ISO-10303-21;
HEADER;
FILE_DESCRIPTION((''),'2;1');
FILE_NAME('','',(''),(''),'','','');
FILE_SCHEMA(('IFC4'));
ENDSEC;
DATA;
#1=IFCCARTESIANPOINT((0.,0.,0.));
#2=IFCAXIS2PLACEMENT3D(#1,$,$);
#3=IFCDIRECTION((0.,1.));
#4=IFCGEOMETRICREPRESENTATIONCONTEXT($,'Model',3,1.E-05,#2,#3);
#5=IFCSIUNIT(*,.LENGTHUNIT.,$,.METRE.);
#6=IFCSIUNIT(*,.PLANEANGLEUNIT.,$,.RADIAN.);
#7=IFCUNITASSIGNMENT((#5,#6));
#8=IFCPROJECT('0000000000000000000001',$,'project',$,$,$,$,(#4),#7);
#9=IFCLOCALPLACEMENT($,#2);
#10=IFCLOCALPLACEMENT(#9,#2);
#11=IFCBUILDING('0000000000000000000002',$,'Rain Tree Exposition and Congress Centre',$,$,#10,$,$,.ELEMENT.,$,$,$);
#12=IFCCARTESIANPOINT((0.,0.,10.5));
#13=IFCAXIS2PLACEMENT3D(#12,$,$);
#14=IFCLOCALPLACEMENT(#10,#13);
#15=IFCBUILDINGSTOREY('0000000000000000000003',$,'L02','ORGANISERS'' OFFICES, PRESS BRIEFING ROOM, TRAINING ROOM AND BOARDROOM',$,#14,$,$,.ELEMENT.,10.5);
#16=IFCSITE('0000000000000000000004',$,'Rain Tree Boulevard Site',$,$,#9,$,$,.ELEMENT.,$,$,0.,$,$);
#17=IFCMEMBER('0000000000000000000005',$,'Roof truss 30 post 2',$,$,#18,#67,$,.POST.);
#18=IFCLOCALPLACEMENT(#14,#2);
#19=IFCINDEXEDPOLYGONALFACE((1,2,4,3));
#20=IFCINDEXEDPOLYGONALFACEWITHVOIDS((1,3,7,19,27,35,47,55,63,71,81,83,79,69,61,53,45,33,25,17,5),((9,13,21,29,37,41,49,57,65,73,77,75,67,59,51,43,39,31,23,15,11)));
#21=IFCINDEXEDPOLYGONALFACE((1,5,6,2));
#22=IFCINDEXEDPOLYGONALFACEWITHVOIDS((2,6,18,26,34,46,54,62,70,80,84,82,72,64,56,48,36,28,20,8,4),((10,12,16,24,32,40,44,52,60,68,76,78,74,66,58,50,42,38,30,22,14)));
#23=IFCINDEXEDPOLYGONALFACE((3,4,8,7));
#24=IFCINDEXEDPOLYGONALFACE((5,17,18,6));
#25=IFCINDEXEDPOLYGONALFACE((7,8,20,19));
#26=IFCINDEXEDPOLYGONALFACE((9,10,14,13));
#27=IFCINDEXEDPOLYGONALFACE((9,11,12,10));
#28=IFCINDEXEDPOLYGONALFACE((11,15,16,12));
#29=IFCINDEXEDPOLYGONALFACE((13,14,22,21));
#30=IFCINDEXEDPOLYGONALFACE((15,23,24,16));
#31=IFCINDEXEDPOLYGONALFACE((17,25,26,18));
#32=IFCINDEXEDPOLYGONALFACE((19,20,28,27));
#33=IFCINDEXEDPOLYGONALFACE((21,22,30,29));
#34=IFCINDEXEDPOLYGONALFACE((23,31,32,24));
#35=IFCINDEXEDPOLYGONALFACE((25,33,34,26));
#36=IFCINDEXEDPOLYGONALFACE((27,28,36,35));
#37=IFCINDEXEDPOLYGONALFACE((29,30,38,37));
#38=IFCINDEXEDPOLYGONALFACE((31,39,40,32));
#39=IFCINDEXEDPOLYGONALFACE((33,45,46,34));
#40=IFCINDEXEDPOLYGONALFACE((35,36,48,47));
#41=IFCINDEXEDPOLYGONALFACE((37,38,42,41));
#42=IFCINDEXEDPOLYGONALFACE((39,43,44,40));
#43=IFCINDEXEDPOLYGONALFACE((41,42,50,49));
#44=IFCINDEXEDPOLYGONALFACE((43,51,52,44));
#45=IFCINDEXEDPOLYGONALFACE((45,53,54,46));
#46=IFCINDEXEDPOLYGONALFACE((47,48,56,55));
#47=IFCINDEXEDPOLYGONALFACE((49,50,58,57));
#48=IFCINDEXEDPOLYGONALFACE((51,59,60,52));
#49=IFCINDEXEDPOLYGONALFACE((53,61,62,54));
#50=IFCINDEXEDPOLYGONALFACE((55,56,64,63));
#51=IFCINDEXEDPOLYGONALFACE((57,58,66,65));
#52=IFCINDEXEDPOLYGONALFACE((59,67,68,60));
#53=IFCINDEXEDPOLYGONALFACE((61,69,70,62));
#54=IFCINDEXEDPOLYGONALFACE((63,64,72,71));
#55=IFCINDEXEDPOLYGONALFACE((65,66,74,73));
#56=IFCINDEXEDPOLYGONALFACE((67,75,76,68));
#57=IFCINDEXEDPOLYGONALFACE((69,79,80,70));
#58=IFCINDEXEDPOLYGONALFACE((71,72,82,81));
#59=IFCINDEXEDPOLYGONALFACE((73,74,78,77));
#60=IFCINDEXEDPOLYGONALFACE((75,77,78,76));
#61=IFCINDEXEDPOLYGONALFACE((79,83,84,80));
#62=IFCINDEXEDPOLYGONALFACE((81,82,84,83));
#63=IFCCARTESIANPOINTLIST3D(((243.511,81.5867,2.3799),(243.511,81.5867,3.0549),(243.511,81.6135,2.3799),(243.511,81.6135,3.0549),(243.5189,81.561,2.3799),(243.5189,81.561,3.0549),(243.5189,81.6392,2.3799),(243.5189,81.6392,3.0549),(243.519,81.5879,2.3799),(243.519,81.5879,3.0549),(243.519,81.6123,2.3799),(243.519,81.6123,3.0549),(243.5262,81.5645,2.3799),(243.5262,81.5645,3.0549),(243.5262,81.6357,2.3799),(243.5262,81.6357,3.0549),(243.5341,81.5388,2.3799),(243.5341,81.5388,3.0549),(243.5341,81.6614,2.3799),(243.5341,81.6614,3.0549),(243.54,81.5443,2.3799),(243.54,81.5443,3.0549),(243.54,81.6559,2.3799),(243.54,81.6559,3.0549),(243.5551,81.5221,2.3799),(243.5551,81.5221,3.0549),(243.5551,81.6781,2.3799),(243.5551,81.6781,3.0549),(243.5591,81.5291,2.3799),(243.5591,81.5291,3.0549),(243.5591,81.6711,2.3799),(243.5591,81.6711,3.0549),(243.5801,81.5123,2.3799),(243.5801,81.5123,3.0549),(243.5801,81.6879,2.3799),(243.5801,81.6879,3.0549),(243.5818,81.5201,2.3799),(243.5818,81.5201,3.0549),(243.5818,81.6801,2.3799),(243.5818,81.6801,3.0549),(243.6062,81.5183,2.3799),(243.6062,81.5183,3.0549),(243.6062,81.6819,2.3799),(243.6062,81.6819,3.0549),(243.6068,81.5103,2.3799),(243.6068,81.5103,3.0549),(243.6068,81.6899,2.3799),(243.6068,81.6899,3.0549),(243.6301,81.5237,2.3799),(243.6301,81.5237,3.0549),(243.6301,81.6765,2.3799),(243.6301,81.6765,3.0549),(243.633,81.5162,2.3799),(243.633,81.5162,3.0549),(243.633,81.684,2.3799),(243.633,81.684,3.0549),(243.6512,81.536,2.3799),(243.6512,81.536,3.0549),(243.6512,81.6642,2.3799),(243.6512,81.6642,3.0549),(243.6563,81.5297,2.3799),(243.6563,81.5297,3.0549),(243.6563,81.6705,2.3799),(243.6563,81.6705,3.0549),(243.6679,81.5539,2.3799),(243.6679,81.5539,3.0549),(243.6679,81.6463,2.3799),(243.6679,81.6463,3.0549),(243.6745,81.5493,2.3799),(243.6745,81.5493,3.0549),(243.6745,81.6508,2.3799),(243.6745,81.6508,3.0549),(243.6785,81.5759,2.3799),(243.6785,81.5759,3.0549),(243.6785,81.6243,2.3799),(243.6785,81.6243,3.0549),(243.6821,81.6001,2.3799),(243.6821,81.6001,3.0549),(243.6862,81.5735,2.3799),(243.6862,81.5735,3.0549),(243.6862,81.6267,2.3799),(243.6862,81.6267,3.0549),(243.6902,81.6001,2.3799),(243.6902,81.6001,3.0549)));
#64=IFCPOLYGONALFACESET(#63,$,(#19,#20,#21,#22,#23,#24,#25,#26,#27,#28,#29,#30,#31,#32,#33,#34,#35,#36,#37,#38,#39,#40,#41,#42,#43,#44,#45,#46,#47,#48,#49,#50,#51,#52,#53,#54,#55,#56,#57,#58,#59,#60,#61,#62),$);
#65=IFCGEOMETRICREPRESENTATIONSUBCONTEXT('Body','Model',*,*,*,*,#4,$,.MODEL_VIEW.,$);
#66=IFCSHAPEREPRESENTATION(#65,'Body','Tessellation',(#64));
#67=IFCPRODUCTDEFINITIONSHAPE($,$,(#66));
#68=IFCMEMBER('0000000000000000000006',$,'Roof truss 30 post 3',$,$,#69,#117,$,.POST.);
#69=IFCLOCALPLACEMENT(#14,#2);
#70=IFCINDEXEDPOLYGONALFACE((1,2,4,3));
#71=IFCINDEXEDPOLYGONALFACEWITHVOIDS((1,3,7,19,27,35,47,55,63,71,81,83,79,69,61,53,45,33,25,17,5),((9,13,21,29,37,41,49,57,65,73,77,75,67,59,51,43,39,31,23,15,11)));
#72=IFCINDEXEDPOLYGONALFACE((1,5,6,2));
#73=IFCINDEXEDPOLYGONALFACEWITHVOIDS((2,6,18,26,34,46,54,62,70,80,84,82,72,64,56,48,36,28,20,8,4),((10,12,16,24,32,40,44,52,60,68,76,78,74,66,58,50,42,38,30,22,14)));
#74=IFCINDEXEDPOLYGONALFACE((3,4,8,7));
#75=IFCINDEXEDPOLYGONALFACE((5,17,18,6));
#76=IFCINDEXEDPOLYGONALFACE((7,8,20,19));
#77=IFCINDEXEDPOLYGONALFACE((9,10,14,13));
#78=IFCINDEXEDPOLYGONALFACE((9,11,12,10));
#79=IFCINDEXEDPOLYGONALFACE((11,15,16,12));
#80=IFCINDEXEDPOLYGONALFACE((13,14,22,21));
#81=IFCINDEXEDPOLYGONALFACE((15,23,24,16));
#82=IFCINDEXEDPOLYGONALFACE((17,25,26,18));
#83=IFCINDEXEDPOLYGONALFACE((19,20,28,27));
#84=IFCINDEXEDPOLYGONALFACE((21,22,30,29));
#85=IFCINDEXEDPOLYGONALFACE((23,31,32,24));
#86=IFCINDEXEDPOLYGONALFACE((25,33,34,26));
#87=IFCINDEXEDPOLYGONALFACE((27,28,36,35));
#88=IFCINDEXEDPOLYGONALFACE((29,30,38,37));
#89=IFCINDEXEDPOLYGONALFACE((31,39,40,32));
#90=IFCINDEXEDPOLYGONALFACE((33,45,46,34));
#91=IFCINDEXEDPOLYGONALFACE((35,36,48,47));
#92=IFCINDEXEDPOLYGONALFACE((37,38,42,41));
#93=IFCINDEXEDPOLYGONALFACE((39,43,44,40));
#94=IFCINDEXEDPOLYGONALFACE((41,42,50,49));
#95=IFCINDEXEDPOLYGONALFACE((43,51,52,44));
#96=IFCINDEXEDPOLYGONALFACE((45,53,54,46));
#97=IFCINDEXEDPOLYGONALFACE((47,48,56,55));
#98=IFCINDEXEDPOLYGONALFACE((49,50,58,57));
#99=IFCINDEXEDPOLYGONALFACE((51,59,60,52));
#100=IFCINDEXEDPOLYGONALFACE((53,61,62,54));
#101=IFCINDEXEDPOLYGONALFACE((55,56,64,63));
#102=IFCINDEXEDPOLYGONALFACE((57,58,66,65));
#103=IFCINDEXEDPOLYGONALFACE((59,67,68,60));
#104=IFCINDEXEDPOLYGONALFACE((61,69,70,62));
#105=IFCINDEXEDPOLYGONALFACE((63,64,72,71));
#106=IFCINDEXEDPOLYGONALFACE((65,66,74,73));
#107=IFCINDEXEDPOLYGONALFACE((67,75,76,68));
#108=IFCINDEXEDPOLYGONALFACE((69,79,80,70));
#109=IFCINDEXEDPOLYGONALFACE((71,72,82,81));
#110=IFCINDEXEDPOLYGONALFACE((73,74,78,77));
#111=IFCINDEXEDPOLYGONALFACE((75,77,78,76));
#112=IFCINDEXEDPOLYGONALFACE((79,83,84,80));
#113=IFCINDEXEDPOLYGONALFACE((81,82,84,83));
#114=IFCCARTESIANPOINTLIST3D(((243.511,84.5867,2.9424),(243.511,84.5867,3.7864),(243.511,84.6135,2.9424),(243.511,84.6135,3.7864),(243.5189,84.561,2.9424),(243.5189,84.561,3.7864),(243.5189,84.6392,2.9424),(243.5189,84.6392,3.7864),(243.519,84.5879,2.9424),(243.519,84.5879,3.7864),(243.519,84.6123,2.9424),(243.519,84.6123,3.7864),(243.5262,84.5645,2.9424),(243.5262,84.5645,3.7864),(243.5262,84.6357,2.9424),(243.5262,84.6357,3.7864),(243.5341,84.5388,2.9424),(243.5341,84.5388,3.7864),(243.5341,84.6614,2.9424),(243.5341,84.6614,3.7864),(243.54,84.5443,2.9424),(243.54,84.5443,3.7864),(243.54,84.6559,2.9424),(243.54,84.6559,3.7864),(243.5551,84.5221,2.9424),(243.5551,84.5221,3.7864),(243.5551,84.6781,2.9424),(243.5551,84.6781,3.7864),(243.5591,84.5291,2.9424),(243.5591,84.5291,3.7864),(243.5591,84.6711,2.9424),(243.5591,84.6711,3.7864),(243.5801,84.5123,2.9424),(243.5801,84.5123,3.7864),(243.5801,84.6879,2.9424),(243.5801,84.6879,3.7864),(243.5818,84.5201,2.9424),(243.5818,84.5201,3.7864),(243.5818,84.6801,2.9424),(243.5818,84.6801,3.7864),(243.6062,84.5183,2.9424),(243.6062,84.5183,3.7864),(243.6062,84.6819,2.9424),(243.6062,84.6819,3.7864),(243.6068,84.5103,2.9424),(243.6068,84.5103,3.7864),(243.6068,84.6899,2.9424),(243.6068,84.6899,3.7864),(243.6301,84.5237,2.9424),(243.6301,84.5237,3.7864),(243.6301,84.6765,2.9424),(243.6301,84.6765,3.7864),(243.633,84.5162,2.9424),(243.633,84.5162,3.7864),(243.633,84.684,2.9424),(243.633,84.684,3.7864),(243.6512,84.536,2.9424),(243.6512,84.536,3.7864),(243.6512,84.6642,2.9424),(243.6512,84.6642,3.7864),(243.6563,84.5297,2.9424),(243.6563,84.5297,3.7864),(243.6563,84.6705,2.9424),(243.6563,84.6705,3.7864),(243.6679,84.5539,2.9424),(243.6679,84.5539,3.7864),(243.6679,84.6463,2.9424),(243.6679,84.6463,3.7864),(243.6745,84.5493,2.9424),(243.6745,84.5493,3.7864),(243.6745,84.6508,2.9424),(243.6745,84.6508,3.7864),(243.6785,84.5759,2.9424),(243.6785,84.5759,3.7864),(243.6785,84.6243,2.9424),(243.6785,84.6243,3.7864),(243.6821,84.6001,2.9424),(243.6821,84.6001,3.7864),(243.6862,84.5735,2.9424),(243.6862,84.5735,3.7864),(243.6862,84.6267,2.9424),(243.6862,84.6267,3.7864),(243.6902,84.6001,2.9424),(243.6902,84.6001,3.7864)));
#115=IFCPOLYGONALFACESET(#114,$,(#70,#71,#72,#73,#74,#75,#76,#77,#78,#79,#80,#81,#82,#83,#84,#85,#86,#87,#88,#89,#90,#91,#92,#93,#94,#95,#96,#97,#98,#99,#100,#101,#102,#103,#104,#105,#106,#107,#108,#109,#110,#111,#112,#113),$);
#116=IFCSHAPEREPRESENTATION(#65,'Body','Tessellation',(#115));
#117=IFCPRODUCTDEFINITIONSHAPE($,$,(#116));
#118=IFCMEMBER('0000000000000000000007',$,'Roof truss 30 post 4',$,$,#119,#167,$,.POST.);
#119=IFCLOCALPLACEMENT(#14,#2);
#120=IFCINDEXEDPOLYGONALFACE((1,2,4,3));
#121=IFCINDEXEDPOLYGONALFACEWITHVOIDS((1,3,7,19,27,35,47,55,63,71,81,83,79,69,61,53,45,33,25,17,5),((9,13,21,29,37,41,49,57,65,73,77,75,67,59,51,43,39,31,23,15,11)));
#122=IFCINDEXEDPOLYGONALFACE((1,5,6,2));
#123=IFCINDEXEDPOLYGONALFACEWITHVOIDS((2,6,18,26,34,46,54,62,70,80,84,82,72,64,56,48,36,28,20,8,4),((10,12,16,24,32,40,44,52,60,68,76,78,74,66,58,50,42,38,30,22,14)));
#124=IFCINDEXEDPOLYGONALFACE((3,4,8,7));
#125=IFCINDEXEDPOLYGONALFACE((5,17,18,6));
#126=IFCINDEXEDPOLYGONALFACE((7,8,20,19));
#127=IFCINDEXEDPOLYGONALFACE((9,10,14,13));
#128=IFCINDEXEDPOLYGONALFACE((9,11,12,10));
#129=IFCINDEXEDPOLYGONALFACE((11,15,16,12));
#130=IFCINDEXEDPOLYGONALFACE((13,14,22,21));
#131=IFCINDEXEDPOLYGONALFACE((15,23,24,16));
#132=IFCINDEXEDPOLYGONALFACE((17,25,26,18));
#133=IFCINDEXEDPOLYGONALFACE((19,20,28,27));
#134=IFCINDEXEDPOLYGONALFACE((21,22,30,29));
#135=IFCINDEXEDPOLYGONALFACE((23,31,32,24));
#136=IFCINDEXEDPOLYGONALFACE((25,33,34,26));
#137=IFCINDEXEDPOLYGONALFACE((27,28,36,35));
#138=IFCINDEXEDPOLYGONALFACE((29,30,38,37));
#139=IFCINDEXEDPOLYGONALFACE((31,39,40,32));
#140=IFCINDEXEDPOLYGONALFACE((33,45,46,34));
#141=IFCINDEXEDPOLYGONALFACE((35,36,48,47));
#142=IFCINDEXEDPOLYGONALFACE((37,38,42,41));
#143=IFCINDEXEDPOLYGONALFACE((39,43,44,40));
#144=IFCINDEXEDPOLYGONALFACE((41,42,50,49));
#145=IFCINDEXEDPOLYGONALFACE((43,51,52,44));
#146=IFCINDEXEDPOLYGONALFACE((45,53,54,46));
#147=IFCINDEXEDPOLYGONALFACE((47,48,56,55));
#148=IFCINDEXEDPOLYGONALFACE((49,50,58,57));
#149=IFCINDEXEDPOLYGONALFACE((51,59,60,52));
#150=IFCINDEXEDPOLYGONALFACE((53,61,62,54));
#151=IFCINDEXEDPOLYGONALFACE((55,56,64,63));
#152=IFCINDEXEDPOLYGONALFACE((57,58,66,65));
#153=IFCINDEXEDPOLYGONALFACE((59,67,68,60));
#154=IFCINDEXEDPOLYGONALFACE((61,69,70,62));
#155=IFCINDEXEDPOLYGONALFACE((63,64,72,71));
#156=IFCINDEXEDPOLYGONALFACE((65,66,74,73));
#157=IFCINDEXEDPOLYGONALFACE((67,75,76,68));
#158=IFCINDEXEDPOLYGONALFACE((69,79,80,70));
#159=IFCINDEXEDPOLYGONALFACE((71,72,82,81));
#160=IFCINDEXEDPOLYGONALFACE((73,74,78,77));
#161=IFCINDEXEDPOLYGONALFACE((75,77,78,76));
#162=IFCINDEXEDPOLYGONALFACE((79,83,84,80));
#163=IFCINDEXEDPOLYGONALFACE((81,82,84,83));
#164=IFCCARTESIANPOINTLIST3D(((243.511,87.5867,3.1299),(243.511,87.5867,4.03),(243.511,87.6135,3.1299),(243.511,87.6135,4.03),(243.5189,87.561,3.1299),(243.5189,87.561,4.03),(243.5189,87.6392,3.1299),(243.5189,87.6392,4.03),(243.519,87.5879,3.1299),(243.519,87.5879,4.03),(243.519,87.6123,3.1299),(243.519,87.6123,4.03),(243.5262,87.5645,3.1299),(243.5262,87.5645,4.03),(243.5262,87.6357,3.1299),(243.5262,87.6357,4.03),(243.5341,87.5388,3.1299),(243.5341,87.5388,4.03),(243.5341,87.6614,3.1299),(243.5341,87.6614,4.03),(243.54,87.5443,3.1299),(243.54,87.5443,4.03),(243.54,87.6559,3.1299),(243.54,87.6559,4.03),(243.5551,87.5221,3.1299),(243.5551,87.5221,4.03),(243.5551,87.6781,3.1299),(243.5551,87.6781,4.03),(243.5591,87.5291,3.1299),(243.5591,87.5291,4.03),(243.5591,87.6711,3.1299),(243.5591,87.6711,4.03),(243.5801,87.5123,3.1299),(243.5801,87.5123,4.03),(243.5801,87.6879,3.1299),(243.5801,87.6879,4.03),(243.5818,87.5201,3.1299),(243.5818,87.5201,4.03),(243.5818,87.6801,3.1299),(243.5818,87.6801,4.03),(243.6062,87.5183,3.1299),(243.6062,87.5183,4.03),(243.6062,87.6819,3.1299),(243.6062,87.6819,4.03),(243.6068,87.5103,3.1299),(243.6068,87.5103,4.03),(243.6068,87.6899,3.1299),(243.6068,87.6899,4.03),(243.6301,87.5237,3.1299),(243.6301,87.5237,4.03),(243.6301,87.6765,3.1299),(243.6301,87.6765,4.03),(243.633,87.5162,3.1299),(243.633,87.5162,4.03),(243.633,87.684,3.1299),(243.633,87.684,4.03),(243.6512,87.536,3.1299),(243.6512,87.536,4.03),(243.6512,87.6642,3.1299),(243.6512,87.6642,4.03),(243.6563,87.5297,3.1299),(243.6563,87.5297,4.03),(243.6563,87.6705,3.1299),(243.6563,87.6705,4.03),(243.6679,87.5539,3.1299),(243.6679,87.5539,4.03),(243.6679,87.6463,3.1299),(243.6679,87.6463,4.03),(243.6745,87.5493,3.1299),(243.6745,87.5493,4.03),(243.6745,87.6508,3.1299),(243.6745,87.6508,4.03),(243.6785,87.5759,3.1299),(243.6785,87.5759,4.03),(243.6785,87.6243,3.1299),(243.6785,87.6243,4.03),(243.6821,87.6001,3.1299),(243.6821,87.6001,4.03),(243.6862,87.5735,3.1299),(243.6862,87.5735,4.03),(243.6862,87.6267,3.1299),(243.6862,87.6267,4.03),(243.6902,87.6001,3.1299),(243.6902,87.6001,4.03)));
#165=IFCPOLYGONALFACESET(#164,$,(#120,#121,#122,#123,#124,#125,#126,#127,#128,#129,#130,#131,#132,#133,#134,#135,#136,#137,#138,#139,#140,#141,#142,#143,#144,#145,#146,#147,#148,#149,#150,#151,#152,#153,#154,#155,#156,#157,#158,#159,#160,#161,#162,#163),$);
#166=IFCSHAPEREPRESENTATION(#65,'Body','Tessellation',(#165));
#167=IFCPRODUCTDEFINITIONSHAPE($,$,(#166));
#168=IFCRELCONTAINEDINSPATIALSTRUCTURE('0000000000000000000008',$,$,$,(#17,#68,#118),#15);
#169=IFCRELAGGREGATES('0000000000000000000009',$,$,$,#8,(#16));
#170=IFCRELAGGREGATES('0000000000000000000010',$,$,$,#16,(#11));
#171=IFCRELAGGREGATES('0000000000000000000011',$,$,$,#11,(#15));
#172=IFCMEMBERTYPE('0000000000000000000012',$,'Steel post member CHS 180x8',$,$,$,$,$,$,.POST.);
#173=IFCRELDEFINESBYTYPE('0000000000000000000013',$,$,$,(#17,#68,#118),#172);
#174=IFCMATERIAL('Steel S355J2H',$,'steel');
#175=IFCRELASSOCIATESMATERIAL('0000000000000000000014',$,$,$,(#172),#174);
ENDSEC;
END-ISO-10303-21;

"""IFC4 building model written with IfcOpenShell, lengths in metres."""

from ifc_helpers import new_model, si_unit, direction, frame, origin, origin_2d, place, context, subcontext, project, spatial, hollow_circle, extrude, material, material_profile, profile_set, type_object, element, save


model = new_model("IFC4")

# Units and contexts
model_context = context("Model", 3, precision=1e-05, world=origin(), true_north=direction((0.0, 1.0)))
body_context = subcontext(model_context, "Body", "Model", "MODEL_VIEW")
ifc_project = project(units=[si_unit("LENGTHUNIT", "METRE"), si_unit("PLANEANGLEUNIT", "RADIAN")], contexts=[model_context])

# Site, building, storey
site_placement = place(None, origin())
site = spatial("IfcSite", under=ifc_project, at=site_placement, Name="Rain Tree Boulevard Site", CompositionType="ELEMENT", RefElevation=0.0)
building_placement = place(site_placement, origin())
building = spatial("IfcBuilding", under=site, at=building_placement, Name="Rain Tree Exposition and Congress Centre", CompositionType="ELEMENT")
storey_placement = place(building_placement, frame((0.0, 0.0, 10.5)))
storey = spatial("IfcBuildingStorey", under=building, at=storey_placement, Name="L02", Description="ORGANISERS' OFFICES, PRESS BRIEFING ROOM, TRAINING ROOM AND BOARDROOM", CompositionType="ELEMENT", Elevation=10.5)

# Members
ifc_material_1 = material(Name="Steel S355J2H", Category="steel")
ifc_material_profile_1 = material_profile(ifc_material_1, hollow_circle(Radius=0.0901, WallThickness=0.0081, at=origin_2d()), Name="CHS 180x8")
ifc_profile_set_1 = profile_set([ifc_material_profile_1], Name="Steel S355J2H")
member_type_1 = type_object("IfcMemberType", Name="Steel post member CHS 180x8", PredefinedType="POST", material=ifc_profile_set_1)
member_1_placement = place(storey_placement, frame((243.6001, 81.6001, 2.3799), z_axis=(0.0, 0.0, 1.0), x_axis=(1.0, 0.0, 0.0)))
element("IfcMember", 1, at=member_1_placement, inside=storey, type_object=member_type_1, Name="Roof truss 30 post 2", PredefinedType="POST", context=body_context, shape_type="SweptSolid", body=[
    extrude(hollow_circle(Radius=0.0901, WallThickness=0.0081, at=origin_2d()), origin(), (0.0, 0.0, 1.0), 0.675),
])
member_2_placement = place(storey_placement, frame((243.6001, 84.6001, 2.9424), z_axis=(0.0, 0.0, 1.0), x_axis=(1.0, 0.0, 0.0)))
element("IfcMember", 2, at=member_2_placement, inside=storey, type_object=member_type_1, Name="Roof truss 30 post 3", PredefinedType="POST", context=body_context, shape_type="SweptSolid", body=[
    extrude(hollow_circle(Radius=0.0901, WallThickness=0.0081, at=origin_2d()), origin(), (0.0, 0.0, 1.0), 0.844),
])
member_3_placement = place(storey_placement, frame((243.6001, 87.6001, 3.1299), z_axis=(0.0, 0.0, 1.0), x_axis=(1.0, 0.0, 0.0)))
element("IfcMember", 3, at=member_3_placement, inside=storey, type_object=member_type_1, Name="Roof truss 30 post 4", PredefinedType="POST", context=body_context, shape_type="SweptSolid", body=[
    extrude(hollow_circle(Radius=0.0901, WallThickness=0.0081, at=origin_2d()), origin(), (0.0, 0.0, 1.0), 0.9001),
])

save(model, "model.ifc")
